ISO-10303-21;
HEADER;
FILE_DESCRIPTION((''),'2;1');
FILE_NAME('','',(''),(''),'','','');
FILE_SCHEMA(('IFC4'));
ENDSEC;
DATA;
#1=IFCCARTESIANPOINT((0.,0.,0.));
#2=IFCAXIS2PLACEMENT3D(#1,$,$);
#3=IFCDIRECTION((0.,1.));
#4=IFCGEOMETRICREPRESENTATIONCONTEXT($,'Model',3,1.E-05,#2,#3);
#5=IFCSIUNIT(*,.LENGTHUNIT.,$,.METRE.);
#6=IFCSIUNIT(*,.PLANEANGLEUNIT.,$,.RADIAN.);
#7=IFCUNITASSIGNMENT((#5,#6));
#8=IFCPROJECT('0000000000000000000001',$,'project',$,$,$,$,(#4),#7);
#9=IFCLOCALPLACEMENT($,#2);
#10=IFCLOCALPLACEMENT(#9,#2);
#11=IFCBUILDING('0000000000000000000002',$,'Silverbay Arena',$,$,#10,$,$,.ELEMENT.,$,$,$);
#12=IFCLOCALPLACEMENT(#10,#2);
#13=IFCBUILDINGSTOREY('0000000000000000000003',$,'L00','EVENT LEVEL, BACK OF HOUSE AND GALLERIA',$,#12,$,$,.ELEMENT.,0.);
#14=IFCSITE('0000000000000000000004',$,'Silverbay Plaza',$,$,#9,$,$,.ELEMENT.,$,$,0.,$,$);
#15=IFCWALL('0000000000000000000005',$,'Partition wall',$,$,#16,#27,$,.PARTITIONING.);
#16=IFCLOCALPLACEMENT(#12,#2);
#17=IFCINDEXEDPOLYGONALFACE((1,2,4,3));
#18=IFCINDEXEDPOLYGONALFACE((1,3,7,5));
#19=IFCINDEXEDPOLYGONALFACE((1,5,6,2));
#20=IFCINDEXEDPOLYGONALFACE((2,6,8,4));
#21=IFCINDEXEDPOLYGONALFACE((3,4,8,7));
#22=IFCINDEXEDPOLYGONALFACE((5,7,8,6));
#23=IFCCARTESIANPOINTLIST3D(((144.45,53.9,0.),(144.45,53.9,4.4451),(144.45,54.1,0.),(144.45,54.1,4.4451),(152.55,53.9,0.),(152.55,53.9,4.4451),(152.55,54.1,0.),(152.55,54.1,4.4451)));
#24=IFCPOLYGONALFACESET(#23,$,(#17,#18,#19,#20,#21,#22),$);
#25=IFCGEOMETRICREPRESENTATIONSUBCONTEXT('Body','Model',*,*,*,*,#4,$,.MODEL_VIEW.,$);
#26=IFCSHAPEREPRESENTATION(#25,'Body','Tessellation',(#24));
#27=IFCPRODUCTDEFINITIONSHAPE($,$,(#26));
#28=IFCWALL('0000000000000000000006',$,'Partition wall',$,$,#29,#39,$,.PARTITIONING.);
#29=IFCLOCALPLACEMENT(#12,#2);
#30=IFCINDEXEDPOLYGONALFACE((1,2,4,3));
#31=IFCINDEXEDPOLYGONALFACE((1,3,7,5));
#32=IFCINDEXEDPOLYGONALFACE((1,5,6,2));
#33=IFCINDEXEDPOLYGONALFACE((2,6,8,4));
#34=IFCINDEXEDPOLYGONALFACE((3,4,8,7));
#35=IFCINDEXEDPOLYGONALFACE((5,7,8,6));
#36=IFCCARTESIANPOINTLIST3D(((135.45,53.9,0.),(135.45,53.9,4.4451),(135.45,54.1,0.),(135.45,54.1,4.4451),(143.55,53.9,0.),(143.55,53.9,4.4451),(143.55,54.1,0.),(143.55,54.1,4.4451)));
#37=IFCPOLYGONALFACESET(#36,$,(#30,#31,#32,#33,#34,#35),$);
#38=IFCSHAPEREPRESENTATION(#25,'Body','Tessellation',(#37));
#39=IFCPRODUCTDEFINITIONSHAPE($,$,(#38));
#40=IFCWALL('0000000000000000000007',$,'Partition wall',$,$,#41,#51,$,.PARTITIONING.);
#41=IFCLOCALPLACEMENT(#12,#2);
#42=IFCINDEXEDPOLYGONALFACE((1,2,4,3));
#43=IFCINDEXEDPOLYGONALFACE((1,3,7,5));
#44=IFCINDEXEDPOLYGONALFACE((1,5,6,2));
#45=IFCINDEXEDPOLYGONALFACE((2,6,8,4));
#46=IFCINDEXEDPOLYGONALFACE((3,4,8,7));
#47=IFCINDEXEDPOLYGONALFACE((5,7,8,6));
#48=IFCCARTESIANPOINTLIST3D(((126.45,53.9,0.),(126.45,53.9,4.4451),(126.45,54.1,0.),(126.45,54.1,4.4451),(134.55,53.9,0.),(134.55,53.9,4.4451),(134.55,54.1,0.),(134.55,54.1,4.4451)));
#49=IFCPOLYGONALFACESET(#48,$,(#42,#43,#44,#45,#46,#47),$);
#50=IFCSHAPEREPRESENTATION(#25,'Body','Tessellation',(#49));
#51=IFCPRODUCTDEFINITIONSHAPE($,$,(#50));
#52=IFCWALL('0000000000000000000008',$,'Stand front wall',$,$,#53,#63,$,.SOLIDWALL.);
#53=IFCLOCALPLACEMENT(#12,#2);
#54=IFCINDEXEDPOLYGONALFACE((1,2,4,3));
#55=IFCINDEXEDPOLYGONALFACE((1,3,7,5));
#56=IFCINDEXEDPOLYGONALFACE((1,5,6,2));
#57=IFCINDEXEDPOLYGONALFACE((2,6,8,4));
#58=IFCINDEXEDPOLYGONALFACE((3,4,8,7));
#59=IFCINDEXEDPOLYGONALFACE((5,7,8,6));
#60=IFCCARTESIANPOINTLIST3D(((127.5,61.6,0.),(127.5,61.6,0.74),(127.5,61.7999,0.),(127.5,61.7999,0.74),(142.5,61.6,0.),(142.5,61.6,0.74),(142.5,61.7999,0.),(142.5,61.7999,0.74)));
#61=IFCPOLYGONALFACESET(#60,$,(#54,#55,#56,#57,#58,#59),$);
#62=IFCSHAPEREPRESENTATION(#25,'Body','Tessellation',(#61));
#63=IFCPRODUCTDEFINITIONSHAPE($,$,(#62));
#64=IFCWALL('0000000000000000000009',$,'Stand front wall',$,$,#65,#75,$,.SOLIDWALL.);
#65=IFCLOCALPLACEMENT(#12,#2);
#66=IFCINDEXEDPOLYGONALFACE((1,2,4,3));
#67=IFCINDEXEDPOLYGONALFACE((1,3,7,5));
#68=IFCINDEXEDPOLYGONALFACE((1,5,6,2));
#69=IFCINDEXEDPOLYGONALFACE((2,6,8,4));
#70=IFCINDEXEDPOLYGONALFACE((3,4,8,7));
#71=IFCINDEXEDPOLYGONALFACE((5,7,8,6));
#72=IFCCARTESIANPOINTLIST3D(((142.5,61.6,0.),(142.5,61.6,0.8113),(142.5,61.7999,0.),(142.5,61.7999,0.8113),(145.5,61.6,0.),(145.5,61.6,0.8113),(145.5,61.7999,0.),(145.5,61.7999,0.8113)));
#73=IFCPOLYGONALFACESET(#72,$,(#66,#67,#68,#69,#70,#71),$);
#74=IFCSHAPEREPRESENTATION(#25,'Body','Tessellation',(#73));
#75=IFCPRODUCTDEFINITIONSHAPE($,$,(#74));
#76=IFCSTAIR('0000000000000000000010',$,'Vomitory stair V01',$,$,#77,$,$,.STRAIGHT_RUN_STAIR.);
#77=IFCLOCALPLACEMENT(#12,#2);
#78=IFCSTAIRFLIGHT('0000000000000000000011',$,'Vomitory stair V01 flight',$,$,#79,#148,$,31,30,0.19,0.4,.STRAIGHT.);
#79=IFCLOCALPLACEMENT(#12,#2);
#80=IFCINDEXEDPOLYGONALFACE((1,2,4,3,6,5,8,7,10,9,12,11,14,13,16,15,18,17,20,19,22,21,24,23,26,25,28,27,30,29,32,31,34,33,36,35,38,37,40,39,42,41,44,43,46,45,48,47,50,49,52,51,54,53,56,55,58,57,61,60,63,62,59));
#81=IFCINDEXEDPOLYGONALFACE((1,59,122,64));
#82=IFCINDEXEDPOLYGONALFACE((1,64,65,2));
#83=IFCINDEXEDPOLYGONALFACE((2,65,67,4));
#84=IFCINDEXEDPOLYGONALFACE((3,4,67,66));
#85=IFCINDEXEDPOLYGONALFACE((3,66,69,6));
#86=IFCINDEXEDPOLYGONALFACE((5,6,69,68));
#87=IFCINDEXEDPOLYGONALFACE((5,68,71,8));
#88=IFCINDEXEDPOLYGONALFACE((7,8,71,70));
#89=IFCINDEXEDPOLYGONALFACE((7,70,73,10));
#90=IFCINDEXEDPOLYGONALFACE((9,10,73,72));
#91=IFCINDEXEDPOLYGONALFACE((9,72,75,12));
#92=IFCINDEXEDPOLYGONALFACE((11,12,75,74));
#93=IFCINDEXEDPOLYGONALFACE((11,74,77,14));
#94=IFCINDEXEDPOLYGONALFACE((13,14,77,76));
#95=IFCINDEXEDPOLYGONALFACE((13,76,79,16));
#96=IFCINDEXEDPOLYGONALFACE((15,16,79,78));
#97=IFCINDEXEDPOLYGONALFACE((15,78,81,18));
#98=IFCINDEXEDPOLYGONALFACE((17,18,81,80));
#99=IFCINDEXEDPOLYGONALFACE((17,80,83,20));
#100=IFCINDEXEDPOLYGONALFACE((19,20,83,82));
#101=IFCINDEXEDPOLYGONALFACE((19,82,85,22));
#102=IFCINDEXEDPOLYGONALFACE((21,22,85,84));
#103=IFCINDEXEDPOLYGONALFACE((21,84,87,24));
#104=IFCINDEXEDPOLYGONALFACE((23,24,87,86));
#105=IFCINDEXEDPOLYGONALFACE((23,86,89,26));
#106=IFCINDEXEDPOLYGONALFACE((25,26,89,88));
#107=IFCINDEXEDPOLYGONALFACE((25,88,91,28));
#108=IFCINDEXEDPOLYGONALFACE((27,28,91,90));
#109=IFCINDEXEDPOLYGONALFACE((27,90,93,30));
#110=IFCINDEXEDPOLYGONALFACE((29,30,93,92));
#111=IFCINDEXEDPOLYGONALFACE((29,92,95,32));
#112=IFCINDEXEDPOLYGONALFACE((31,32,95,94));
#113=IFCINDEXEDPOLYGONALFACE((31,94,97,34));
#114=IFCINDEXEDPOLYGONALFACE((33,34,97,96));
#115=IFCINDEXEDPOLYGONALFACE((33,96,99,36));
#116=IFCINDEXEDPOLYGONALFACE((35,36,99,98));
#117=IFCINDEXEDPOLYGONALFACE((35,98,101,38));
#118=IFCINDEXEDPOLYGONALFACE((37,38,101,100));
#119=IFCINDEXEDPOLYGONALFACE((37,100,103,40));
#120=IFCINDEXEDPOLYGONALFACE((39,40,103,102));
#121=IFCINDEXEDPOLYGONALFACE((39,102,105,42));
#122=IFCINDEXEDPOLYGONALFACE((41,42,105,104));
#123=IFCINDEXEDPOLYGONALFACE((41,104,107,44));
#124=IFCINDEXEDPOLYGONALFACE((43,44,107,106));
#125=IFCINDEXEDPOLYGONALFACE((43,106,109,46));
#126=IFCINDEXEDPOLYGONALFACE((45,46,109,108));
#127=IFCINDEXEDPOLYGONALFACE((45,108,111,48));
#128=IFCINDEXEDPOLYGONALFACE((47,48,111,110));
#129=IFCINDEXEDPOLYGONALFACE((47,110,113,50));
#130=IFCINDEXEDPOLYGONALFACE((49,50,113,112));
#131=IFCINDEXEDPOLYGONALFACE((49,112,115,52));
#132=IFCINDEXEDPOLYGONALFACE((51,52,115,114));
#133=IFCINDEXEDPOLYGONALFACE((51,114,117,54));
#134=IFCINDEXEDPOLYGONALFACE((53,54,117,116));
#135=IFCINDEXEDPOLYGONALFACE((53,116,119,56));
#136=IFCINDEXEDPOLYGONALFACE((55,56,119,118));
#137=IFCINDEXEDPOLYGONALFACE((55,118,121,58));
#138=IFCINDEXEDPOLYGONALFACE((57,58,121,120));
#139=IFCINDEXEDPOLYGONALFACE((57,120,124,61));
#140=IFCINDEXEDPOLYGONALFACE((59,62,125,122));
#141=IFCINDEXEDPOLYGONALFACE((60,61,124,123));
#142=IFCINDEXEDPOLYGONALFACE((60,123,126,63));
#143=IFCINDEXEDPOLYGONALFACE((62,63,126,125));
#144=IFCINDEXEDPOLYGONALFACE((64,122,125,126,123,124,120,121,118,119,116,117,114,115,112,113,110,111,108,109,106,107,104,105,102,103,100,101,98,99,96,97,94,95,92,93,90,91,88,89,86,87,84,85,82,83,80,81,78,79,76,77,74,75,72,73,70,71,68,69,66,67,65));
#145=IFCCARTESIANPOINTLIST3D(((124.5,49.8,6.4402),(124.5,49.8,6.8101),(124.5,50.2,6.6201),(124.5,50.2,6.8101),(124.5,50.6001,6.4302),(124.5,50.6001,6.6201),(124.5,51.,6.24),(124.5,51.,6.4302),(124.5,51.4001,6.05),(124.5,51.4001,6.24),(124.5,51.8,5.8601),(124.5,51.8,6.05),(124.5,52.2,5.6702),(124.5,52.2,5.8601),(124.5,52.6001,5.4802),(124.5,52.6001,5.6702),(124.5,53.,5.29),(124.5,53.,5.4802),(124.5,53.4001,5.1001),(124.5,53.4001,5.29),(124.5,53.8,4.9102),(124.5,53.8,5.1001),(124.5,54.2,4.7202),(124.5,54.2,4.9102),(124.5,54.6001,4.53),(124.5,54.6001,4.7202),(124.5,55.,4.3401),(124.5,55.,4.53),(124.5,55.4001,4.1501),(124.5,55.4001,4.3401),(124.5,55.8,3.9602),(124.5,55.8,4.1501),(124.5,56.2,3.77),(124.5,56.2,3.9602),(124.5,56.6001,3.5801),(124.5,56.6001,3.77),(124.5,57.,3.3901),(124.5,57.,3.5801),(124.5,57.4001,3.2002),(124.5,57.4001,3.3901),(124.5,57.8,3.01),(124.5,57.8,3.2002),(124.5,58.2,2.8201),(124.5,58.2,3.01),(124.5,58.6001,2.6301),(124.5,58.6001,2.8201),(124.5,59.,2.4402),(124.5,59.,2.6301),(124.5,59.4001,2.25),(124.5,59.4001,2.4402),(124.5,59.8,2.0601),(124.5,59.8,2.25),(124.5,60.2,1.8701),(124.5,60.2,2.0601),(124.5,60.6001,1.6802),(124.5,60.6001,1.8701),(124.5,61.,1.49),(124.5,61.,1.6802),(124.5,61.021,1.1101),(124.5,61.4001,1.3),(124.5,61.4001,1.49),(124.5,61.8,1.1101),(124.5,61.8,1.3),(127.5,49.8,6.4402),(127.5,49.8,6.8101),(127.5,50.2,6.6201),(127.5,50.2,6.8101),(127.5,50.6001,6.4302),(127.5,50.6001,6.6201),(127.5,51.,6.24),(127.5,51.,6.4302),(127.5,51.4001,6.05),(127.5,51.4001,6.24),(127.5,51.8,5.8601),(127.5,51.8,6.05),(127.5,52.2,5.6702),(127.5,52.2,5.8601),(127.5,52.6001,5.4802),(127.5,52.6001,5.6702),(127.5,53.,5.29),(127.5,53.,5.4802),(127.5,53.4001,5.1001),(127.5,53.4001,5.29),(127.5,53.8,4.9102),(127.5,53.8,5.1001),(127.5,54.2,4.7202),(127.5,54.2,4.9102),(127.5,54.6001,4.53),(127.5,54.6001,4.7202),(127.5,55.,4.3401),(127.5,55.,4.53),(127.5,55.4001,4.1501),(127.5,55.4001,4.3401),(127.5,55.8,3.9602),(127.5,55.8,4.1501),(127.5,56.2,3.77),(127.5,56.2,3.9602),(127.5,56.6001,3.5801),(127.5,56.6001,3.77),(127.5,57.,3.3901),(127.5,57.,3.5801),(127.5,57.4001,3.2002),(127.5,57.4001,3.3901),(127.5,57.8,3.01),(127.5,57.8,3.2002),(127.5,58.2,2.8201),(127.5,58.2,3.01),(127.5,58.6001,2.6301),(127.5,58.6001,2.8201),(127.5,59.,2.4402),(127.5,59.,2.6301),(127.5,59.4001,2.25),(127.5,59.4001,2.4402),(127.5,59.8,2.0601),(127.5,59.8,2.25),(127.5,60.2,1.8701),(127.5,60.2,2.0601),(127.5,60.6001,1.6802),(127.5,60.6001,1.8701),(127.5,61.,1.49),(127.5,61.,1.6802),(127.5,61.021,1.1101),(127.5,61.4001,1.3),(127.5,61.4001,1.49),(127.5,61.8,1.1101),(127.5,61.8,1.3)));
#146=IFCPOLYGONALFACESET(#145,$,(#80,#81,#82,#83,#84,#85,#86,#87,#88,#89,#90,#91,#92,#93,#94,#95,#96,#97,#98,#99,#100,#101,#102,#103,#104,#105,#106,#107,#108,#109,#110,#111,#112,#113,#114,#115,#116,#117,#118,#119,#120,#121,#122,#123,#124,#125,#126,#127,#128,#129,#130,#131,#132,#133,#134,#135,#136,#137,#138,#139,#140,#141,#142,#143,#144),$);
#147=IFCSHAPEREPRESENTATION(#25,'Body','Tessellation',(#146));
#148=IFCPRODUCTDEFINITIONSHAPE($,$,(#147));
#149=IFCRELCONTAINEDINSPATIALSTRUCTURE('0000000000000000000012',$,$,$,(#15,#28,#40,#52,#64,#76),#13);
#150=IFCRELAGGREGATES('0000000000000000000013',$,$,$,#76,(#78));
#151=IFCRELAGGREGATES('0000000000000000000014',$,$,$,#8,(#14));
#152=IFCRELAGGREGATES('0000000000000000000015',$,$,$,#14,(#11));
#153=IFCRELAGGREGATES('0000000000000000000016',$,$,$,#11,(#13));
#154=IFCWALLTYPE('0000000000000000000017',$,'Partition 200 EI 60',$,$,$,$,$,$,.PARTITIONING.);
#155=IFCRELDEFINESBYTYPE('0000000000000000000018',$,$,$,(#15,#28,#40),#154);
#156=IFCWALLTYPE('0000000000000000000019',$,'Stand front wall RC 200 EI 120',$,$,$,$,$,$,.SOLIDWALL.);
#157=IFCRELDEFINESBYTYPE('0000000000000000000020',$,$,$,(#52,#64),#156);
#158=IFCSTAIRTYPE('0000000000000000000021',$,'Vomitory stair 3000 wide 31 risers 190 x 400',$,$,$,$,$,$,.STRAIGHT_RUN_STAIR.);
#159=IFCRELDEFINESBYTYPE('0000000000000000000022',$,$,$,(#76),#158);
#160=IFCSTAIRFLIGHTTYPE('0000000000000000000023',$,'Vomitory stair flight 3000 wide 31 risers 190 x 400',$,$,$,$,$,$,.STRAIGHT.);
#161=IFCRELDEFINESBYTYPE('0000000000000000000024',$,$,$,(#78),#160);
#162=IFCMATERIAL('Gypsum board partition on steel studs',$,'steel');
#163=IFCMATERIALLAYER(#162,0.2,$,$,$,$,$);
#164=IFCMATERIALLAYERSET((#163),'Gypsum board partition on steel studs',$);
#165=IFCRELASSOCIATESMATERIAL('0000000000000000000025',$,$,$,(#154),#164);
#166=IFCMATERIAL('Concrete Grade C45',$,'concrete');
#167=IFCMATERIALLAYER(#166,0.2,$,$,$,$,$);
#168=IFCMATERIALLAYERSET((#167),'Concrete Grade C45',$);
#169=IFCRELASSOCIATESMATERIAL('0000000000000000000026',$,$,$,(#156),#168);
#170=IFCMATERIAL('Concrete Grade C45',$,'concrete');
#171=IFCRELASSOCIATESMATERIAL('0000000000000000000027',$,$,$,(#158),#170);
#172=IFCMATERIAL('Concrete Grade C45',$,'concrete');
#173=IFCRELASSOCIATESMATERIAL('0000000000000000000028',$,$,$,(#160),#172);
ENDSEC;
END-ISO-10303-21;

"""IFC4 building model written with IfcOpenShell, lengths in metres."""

from ifc_helpers import new_model, si_unit, direction, frame, frame_2d, origin, place, context, subcontext, project, spatial, polyline, rectangle, outline, extrude, material, layer, layer_set, type_object, element, aggregate, save


model = new_model("IFC4")

# Units and contexts
model_context = context("Model", 3, precision=1e-05, world=origin(), true_north=direction((0.0, 1.0)))
body_context = subcontext(model_context, "Body", "Model", "MODEL_VIEW")
ifc_project = project(units=[si_unit("LENGTHUNIT", "METRE"), si_unit("PLANEANGLEUNIT", "RADIAN")], contexts=[model_context])

# Site, building, storey
site_placement = place(None, origin())
site = spatial("IfcSite", under=ifc_project, at=site_placement, Name="Silverbay Plaza", CompositionType="ELEMENT", RefElevation=0.0)
building_placement = place(site_placement, origin())
building = spatial("IfcBuilding", under=site, at=building_placement, Name="Silverbay Arena", CompositionType="ELEMENT")
storey_placement = place(building_placement, origin())
storey = spatial("IfcBuildingStorey", under=building, at=storey_placement, Name="L00", Description="EVENT LEVEL, BACK OF HOUSE AND GALLERIA", CompositionType="ELEMENT", Elevation=0.0)

# Shared definitions
ifc_material_1 = material(Name="Gypsum board partition on steel studs", Category="steel")
ifc_layer_1 = layer(ifc_material_1, 0.2)
ifc_layer_set_1 = layer_set([ifc_layer_1], Name="Gypsum board partition on steel studs")
wall_type_1 = type_object("IfcWallType", Name="Partition 200 EI 60", PredefinedType="PARTITIONING", material=ifc_layer_set_1)

# Walls
for number, where, z_axis, x_axis, name in (
    (1, (144.45, 54.0, 0.0), (0.0, 0.0, 1.0), (1.0, 0.0, 0.0), "Partition wall"),
    (2, (135.45, 54.0, 0.0), (0.0, 0.0, 1.0), (1.0, 0.0, 0.0), "Partition wall"),
    (3, (126.45, 54.0, 0.0), (0.0, 0.0, 1.0), (1.0, 0.0, 0.0), "Partition wall"),
):
    element("IfcWall", number, at=place(storey_placement, frame(where, z_axis=z_axis, x_axis=x_axis)), inside=storey, type_object=wall_type_1, Name=name, PredefinedType="PARTITIONING", context=body_context, shape_type="SweptSolid", body=[
        extrude(rectangle(XDim=8.1001, YDim=0.2, at=frame_2d((4.05, 0.0))), origin(), (0.0, 0.0, 1.0), 4.4451),
    ])
ifc_material_2 = material(Name="Concrete Grade C45", Category="concrete")
ifc_layer_2 = layer(ifc_material_2, 0.2)
ifc_layer_set_2 = layer_set([ifc_layer_2], Name="Concrete Grade C45")
wall_type_2 = type_object("IfcWallType", Name="Stand front wall RC 200 EI 120", PredefinedType="SOLIDWALL", material=ifc_layer_set_2)
wall_1_placement = place(storey_placement, frame((127.5, 61.7, 0.0), z_axis=(0.0, 0.0, 1.0), x_axis=(1.0, 0.0, 0.0)))
element("IfcWall", 4, at=wall_1_placement, inside=storey, type_object=wall_type_2, Name="Stand front wall", PredefinedType="SOLIDWALL", context=body_context, shape_type="SweptSolid", body=[
    extrude(rectangle(XDim=15.0, YDim=0.2, at=frame_2d((7.5, 0.0))), origin(), (0.0, 0.0, 1.0), 0.74),
])
wall_2_placement = place(storey_placement, frame((142.5, 61.7, 0.0), z_axis=(0.0, 0.0, 1.0), x_axis=(1.0, 0.0, 0.0)))
element("IfcWall", 5, at=wall_2_placement, inside=storey, type_object=wall_type_2, Name="Stand front wall", PredefinedType="SOLIDWALL", context=body_context, shape_type="SweptSolid", body=[
    extrude(rectangle(XDim=3.0, YDim=0.2, at=frame_2d((1.5, 0.0))), origin(), (0.0, 0.0, 1.0), 0.8113),
])

# Stair, stair flight
ifc_material_3 = material(Name="Concrete Grade C45", Category="concrete")
stair_type = type_object("IfcStairType", Name="Vomitory stair 3000 wide 31 risers 190 x 400", PredefinedType="STRAIGHT_RUN_STAIR", material=ifc_material_3)
stair_1_placement = place(storey_placement, origin())
stair_1 = element("IfcStair", 6, at=stair_1_placement, inside=storey, type_object=stair_type, Name="Vomitory stair V01", PredefinedType="STRAIGHT_RUN_STAIR")
ifc_material_4 = material(Name="Concrete Grade C45", Category="concrete")
stair_flight_type = type_object("IfcStairFlightType", Name="Vomitory stair flight 3000 wide 31 risers 190 x 400", PredefinedType="STRAIGHT", material=ifc_material_4)
stair_flight_1_placement = place(storey_placement, frame((126.0, 61.8, 1.1101), z_axis=(0.0, 0.0, 1.0), x_axis=(0.0, -1.0, 0.0)))
stair_flight_1 = element("IfcStairFlight", 7, at=stair_flight_1_placement, type_object=stair_flight_type, Name="Vomitory stair V01 flight", NumberOfRisers=31, NumberOfTreads=30, PredefinedType="STRAIGHT", RiserHeight=0.19, TreadLength=0.4, context=body_context, shape_type="SweptSolid", body=[
    extrude(outline(polyline([(0.0, 0.0), (0.0, 0.1899), (0.3999, 0.1899), (0.3999, 0.3799), (0.8, 0.3799), (0.8, 0.5701), (1.2, 0.5701), (1.2, 0.76), (1.6001, 0.76), (1.6001, 0.95), (2.0, 0.95), (2.0, 1.1399), (2.3999, 1.1399), (2.3999, 1.3301), (2.8, 1.3301), (2.8, 1.52), (3.2, 1.52), (3.2, 1.71), (3.6001, 1.71), (3.6001, 1.8999), (4.0, 1.8999), (4.0, 2.0901), (4.3999, 2.0901), (4.3999, 2.28), (4.8, 2.28), (4.8, 2.47), (5.2, 2.47), (5.2, 2.6599), (5.6001, 2.6599), (5.6001, 2.8501), (6.0, 2.8501), (6.0, 3.04), (6.3999, 3.04), (6.3999, 3.23), (6.8, 3.23), (6.8, 3.4199), (7.2, 3.4199), (7.2, 3.6101), (7.6001, 3.6101), (7.6001, 3.8), (8.0, 3.8), (8.0, 3.99), (8.3999, 3.99), (8.3999, 4.1799), (8.8, 4.1799), (8.8, 4.3701), (9.2, 4.3701), (9.2, 4.5601), (9.6001, 4.5601), (9.6001, 4.75), (10.0, 4.75), (10.0, 4.9399), (10.3999, 4.9399), (10.3999, 5.1299), (10.8, 5.1299), (10.8, 5.3201), (11.2, 5.3201), (11.2, 5.51), (11.6001, 5.51), (11.6001, 5.7), (12.0, 5.7), (12.0, 5.3301), (0.7791, 0.0), (0.0, 0.0)])), frame((0.0, 1.5, 0.0), z_axis=(0.0, -1.0, 0.0), x_axis=(1.0, 0.0, 0.0)), (0.0, 0.0, 1.0), 3.0),
])
aggregate(stair_1, [stair_flight_1])

save(model, "model.ifc")
